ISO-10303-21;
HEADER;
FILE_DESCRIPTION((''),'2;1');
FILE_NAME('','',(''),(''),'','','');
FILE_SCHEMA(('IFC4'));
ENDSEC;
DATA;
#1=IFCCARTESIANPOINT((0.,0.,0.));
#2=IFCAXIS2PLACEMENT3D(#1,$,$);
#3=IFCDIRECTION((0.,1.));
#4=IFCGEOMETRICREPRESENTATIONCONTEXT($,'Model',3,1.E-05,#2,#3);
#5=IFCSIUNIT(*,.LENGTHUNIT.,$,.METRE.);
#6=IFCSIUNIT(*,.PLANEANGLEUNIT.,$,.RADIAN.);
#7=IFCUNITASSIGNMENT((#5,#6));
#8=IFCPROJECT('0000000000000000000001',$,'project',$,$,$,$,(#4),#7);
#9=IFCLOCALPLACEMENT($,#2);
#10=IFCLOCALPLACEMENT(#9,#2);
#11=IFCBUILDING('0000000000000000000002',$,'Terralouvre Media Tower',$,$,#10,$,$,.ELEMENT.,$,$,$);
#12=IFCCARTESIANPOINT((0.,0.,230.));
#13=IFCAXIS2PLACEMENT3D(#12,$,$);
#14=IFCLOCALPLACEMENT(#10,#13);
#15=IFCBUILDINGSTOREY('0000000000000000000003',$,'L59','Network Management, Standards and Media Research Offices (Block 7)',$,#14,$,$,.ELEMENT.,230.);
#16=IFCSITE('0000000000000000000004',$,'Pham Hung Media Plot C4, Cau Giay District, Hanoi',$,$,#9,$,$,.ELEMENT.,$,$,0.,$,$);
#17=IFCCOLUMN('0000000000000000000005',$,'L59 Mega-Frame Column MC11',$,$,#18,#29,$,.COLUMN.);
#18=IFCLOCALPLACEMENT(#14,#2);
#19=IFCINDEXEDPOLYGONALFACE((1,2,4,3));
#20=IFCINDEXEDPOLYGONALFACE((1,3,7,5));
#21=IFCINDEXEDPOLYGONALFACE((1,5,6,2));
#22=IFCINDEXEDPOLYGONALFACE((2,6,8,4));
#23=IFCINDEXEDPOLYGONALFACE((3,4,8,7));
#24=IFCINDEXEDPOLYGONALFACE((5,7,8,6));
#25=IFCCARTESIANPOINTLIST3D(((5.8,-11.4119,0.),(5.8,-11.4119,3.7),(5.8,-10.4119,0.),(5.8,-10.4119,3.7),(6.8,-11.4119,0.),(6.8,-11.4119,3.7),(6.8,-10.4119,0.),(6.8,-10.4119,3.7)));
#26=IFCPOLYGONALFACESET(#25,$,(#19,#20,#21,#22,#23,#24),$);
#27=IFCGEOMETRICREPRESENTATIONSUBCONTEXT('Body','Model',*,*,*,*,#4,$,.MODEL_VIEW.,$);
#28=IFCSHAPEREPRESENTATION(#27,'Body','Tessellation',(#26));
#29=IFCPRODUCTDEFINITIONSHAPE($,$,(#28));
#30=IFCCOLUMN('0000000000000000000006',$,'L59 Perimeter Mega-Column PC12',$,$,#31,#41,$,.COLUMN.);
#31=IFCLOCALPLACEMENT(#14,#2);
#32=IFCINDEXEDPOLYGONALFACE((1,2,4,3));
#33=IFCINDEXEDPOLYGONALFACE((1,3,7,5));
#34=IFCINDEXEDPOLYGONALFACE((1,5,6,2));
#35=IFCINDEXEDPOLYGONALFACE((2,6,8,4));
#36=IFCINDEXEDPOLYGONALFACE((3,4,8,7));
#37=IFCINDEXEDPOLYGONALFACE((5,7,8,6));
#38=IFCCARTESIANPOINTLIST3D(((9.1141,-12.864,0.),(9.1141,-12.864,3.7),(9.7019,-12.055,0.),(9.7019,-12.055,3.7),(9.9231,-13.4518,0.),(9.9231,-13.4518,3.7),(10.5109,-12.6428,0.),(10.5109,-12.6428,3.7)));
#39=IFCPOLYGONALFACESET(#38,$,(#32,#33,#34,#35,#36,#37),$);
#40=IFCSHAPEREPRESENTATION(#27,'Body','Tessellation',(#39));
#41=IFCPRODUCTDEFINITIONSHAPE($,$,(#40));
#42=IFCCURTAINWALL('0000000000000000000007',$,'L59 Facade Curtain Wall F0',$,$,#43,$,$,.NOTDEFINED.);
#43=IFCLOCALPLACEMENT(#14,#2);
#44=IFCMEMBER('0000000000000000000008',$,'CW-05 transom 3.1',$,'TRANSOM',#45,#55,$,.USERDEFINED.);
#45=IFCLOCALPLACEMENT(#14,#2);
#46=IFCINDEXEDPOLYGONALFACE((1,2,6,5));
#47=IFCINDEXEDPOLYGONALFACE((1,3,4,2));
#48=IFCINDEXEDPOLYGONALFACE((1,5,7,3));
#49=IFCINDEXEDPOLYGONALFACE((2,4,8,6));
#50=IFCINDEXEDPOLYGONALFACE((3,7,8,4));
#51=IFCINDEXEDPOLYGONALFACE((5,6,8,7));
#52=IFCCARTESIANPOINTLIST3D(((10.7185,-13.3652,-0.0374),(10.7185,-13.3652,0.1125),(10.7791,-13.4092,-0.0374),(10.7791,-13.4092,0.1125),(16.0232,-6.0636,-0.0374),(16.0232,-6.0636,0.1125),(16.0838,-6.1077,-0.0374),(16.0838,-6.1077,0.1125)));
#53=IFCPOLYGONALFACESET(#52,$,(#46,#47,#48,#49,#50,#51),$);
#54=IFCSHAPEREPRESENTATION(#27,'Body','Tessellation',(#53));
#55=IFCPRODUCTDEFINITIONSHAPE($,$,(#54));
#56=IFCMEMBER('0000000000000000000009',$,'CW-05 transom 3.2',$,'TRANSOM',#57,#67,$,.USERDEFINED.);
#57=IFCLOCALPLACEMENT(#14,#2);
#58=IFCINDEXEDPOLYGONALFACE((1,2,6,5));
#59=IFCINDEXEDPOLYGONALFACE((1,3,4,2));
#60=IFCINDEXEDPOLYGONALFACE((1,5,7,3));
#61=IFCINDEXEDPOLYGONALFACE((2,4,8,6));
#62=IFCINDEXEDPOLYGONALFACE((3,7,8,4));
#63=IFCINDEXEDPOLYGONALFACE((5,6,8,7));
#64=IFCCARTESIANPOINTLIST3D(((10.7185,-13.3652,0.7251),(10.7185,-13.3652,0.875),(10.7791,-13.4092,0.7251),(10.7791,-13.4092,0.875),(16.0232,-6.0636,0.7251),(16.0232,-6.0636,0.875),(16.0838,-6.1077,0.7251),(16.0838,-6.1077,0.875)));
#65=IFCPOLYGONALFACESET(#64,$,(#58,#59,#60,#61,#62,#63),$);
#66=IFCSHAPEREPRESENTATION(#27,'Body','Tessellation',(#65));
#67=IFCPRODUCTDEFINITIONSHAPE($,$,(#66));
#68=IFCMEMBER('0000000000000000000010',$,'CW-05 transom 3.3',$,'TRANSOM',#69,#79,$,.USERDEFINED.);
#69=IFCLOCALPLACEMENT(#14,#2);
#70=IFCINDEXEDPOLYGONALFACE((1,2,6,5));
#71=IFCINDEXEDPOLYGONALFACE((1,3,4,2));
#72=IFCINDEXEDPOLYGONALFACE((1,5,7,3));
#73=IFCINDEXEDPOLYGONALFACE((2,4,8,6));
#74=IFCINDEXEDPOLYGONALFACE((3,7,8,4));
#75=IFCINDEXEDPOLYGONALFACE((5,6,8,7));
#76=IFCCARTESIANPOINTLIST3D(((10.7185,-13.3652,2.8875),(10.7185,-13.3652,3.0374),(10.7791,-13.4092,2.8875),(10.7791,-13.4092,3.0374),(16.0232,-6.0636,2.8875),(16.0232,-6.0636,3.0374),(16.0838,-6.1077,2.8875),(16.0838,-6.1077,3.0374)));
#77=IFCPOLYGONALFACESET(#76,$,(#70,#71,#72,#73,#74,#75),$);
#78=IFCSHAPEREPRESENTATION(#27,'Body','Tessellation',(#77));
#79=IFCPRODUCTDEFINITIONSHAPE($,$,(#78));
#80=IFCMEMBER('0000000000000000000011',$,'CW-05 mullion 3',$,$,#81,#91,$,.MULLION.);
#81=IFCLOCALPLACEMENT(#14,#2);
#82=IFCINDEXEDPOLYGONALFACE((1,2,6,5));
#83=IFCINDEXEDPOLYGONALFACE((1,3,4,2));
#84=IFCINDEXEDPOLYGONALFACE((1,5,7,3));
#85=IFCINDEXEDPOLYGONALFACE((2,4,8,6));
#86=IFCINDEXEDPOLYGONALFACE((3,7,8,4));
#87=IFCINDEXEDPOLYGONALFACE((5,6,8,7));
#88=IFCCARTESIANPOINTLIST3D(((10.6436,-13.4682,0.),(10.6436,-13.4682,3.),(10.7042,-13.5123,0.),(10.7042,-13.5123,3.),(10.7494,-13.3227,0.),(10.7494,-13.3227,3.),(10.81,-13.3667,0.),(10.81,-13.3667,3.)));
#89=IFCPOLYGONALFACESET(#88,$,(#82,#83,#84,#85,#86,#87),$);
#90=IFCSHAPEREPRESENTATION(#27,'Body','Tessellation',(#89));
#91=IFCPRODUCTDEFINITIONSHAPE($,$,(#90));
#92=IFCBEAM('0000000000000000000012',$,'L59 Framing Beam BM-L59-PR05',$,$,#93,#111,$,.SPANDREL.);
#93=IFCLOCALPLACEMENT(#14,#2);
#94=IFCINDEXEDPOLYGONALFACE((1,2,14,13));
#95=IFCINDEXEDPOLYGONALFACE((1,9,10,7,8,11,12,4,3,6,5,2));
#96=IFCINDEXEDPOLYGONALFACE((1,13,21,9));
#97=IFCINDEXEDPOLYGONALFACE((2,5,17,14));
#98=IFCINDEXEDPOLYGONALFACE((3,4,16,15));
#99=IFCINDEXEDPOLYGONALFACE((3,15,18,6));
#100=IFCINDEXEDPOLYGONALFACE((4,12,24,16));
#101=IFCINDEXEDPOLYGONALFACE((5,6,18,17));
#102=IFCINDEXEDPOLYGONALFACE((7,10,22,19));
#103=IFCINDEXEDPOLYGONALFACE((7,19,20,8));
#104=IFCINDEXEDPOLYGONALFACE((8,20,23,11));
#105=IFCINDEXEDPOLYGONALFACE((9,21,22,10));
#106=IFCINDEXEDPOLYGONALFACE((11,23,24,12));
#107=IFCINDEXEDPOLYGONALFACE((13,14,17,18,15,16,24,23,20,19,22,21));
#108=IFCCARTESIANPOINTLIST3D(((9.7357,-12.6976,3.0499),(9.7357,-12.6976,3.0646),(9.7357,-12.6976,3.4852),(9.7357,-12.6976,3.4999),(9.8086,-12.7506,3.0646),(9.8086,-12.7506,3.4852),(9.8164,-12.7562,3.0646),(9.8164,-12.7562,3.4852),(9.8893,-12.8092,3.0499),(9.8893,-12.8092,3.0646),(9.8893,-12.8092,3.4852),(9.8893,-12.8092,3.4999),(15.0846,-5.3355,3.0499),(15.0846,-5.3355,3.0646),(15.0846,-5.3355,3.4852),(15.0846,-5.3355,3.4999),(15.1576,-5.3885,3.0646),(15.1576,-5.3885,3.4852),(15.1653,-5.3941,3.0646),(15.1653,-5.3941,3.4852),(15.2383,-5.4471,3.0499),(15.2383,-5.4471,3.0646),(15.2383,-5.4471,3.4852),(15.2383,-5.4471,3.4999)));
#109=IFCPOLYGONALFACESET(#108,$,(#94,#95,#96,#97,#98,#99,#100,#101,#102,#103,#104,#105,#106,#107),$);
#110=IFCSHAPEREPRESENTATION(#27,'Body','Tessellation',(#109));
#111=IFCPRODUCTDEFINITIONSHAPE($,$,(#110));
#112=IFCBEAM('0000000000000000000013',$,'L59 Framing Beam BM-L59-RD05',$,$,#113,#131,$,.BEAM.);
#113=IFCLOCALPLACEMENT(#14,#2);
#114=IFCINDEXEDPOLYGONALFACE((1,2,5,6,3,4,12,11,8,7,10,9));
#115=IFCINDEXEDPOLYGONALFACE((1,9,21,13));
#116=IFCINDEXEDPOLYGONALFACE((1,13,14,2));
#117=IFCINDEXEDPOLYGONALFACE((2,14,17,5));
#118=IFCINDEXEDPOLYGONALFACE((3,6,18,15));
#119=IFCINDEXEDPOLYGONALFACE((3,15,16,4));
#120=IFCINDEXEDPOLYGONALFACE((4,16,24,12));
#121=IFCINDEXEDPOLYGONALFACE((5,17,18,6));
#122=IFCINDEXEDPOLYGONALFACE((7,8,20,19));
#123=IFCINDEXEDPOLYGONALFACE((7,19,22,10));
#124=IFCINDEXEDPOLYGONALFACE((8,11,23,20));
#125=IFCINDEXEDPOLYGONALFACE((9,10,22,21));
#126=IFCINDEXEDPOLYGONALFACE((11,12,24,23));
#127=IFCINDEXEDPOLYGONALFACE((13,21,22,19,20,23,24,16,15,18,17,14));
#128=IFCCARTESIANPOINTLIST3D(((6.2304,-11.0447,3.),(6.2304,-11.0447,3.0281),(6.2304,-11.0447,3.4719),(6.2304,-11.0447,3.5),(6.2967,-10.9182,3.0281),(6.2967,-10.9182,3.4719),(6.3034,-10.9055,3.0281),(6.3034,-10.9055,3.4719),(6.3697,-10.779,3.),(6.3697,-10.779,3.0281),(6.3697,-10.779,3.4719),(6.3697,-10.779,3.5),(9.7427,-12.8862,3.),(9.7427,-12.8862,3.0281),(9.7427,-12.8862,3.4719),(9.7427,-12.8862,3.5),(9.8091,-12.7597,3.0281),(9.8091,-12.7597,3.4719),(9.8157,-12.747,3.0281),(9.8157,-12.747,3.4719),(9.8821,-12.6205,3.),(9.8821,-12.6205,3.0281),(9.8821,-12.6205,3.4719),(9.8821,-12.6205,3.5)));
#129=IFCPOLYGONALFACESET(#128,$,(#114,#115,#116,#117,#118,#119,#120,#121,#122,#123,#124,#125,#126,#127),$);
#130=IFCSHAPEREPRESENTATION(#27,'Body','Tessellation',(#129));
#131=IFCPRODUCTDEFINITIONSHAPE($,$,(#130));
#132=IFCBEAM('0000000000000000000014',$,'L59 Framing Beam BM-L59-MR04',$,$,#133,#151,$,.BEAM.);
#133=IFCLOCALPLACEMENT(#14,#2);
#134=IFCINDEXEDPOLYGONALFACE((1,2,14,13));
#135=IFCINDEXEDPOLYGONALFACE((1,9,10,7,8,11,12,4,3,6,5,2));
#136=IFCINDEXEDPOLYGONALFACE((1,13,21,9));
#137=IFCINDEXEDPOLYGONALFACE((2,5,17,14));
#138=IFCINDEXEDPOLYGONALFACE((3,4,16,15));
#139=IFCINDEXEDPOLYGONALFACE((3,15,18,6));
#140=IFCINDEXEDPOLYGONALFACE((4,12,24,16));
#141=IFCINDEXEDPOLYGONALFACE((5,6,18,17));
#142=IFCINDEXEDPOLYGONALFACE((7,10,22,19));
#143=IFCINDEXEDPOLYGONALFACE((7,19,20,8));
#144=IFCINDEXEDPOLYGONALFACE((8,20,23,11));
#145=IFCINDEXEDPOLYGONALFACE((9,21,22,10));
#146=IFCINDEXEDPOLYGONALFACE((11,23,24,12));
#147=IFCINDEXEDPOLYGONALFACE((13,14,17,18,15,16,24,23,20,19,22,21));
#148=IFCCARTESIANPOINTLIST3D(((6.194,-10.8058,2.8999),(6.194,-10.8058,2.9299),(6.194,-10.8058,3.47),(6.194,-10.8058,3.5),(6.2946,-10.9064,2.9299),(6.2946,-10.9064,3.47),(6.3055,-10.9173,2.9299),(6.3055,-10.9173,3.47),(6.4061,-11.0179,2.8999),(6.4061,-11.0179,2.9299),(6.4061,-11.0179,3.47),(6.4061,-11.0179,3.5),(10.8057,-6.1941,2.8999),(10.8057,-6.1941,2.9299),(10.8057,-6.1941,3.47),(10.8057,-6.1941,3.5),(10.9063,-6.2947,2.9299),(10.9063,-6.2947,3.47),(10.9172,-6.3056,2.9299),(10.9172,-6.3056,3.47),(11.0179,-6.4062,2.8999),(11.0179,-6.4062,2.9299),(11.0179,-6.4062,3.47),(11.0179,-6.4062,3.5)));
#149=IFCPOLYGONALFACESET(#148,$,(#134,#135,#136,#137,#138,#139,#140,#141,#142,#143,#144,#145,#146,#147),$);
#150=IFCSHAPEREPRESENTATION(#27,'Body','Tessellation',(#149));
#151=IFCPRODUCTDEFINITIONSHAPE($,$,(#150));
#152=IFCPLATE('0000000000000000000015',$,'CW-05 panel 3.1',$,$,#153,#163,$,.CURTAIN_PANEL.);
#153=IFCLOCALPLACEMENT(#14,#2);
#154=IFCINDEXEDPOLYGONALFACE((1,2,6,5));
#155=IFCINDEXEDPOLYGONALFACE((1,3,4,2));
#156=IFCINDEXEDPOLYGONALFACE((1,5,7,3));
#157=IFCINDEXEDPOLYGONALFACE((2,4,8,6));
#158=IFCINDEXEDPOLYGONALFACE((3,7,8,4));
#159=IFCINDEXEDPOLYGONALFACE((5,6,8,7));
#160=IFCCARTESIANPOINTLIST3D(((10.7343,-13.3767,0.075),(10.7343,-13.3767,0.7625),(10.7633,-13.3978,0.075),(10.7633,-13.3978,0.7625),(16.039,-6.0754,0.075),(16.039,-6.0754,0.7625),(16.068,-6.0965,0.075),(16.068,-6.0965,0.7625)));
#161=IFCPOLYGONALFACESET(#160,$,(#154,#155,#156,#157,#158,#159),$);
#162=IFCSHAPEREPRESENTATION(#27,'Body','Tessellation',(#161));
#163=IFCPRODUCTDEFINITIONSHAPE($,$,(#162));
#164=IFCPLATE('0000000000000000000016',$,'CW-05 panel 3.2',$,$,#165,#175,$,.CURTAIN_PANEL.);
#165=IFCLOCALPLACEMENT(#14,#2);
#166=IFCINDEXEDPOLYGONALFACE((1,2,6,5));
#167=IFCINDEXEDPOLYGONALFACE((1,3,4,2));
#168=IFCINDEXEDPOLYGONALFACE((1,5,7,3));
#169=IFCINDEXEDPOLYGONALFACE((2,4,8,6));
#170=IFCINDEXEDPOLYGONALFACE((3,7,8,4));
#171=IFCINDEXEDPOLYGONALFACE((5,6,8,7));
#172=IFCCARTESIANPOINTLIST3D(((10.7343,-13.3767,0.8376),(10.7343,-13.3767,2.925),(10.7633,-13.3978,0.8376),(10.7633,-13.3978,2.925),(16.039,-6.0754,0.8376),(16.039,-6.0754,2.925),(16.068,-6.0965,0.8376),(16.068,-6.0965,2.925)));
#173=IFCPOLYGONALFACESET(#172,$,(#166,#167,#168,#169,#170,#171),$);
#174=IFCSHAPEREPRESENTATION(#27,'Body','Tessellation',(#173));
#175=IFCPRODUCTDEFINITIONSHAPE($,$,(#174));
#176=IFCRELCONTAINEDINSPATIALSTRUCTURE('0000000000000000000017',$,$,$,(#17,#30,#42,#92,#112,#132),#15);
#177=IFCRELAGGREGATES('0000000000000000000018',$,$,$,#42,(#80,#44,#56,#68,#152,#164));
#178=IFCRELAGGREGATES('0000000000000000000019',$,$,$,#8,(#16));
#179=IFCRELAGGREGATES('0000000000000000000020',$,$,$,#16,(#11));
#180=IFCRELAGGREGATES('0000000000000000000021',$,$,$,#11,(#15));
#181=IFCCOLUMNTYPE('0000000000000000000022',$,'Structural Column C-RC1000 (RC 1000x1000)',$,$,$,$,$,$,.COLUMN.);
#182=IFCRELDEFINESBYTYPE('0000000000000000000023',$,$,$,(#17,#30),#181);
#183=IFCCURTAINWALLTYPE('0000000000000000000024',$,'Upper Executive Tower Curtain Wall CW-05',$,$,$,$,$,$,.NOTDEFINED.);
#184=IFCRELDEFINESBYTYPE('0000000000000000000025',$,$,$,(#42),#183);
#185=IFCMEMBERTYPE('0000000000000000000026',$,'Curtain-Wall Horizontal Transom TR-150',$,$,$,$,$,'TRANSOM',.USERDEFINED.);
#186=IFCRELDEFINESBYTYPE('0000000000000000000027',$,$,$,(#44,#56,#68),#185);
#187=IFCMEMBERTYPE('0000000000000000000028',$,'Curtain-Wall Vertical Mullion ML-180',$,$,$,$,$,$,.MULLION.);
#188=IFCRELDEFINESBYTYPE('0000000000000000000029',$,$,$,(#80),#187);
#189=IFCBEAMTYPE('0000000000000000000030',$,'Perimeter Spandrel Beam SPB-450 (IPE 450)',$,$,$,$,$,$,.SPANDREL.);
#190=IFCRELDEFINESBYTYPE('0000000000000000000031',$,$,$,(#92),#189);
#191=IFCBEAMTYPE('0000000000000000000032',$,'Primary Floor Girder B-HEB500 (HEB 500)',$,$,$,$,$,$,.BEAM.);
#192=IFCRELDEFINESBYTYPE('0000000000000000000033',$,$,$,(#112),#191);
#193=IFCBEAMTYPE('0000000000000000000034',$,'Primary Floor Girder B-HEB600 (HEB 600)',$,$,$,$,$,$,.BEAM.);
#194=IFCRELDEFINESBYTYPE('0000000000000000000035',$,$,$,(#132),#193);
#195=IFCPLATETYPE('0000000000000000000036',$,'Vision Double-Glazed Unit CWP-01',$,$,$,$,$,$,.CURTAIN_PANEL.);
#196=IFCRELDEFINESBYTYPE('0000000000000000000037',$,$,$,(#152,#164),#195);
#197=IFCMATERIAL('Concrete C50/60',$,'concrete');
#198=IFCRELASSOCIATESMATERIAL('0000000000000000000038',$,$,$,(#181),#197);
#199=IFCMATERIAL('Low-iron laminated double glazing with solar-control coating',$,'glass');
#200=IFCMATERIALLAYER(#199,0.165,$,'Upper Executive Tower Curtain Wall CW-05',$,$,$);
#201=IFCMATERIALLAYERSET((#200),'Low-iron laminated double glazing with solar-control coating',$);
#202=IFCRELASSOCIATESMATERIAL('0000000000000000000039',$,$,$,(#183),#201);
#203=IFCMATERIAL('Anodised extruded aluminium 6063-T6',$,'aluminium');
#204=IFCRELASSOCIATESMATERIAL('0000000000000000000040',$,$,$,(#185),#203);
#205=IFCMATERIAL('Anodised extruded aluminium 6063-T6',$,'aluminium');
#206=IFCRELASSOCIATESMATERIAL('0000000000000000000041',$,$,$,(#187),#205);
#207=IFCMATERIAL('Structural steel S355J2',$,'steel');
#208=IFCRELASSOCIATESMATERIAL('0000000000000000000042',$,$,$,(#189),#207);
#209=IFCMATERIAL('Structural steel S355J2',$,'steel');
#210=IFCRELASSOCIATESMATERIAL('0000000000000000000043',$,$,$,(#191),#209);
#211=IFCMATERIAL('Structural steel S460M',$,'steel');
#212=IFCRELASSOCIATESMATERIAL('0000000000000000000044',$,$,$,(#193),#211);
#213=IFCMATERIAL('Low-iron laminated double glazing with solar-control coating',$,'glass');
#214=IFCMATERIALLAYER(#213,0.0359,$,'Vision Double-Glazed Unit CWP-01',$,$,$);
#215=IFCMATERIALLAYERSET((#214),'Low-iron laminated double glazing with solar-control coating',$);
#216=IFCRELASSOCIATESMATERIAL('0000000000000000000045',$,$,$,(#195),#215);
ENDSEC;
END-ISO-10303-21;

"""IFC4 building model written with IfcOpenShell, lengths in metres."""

from ifc_helpers import new_model, si_unit, direction, frame, origin, origin_2d, place, context, subcontext, project, spatial, rectangle, i_section, extrude, material, layer, layer_set, material_profile, profile_set, type_object, element, aggregate, save


model = new_model("IFC4")

# Units and contexts
model_context = context("Model", 3, precision=1e-05, world=origin(), true_north=direction((0.0, 1.0)))
body_context = subcontext(model_context, "Body", "Model", "MODEL_VIEW")
ifc_project = project(units=[si_unit("LENGTHUNIT", "METRE"), si_unit("PLANEANGLEUNIT", "RADIAN")], contexts=[model_context])

# Site, building, storey
site_placement = place(None, origin())
site = spatial("IfcSite", under=ifc_project, at=site_placement, Name="Pham Hung Media Plot C4, Cau Giay District, Hanoi", CompositionType="ELEMENT", RefElevation=0.0)
building_placement = place(site_placement, origin())
building = spatial("IfcBuilding", under=site, at=building_placement, Name="Terralouvre Media Tower", CompositionType="ELEMENT")
storey_placement = place(building_placement, frame((0.0, 0.0, 230.0)))
storey = spatial("IfcBuildingStorey", under=building, at=storey_placement, Name="L59", Description="Network Management, Standards and Media Research Offices (Block 7)", CompositionType="ELEMENT", Elevation=230.0)

# Columns
ifc_material_1 = material(Name="Concrete C50/60", Category="concrete")
ifc_material_profile_1 = material_profile(ifc_material_1, rectangle(XDim=1.0, YDim=1.0, at=origin_2d()), Name="RC 1000x1000")
ifc_profile_set_1 = profile_set([ifc_material_profile_1], Name="Concrete C50/60")
column_type = type_object("IfcColumnType", Name="Structural Column C-RC1000 (RC 1000x1000)", PredefinedType="COLUMN", material=ifc_profile_set_1)
for number, where, z_axis, x_axis, name in (
    (1, (6.3, -10.9119, 0.0), (0.0, 0.0, 1.0), (1.0, 0.0, 0.0), "L59 Mega-Frame Column MC11"),
    (2, (9.8125, -12.7534, 0.0), (0.0, 0.0, 1.0), (0.587785, 0.809017, 0.0), "L59 Perimeter Mega-Column PC12"),
):
    element("IfcColumn", number, at=place(storey_placement, frame(where, z_axis=z_axis, x_axis=x_axis)), inside=storey, type_object=column_type, Name=name, PredefinedType="COLUMN", context=body_context, shape_type="SweptSolid", body=[
        extrude(rectangle(XDim=1.0, YDim=1.0, at=origin_2d()), origin(), (0.0, 0.0, 1.0), 3.7),
    ])

# Curtain wall, members
ifc_material_2 = material(Name="Low-iron laminated double glazing with solar-control coating", Category="glass")
ifc_layer_1 = layer(ifc_material_2, 0.165, Name="Upper Executive Tower Curtain Wall CW-05")
ifc_layer_set_1 = layer_set([ifc_layer_1], Name="Low-iron laminated double glazing with solar-control coating")
curtain_wall_type = type_object("IfcCurtainWallType", Name="Upper Executive Tower Curtain Wall CW-05", PredefinedType="NOTDEFINED", material=ifc_layer_set_1)
curtain_wall_placement = place(storey_placement, origin())
curtain_wall = element("IfcCurtainWall", 3, at=curtain_wall_placement, inside=storey, type_object=curtain_wall_type, Name="L59 Facade Curtain Wall F0", PredefinedType="NOTDEFINED")
ifc_material_3 = material(Name="Anodised extruded aluminium 6063-T6", Category="aluminium")
ifc_material_profile_2 = material_profile(ifc_material_3, rectangle(XDim=0.075, YDim=0.1499, at=origin_2d()), Name="ALU 75x150")
ifc_profile_set_2 = profile_set([ifc_material_profile_2], Name="Anodised extruded aluminium 6063-T6")
member_type_1 = type_object("IfcMemberType", Name="Curtain-Wall Horizontal Transom TR-150", ElementType="TRANSOM", PredefinedType="USERDEFINED", material=ifc_profile_set_2)
member_1_placement = place(storey_placement, frame((10.7488, -13.3872, 0.0376), z_axis=(0.587773, 0.809026, 0.0), x_axis=(-0.809026, 0.587773, 0.0)))
member_1 = element("IfcMember", 4, at=member_1_placement, type_object=member_type_1, Name="CW-05 transom 3.1", ObjectType="TRANSOM", PredefinedType="USERDEFINED", context=body_context, shape_type="SweptSolid", body=[
    extrude(rectangle(XDim=0.075, YDim=0.1499, at=origin_2d()), origin(), (0.0, 0.0, 1.0), 9.0251),
])
member_2_placement = place(storey_placement, frame((10.7488, -13.3872, 0.8), z_axis=(0.587773, 0.809026, 0.0), x_axis=(-0.809026, 0.587773, 0.0)))
member_2 = element("IfcMember", 5, at=member_2_placement, type_object=member_type_1, Name="CW-05 transom 3.2", ObjectType="TRANSOM", PredefinedType="USERDEFINED", context=body_context, shape_type="SweptSolid", body=[
    extrude(rectangle(XDim=0.075, YDim=0.1499, at=origin_2d()), origin(), (0.0, 0.0, 1.0), 9.0251),
])
member_3_placement = place(storey_placement, frame((10.7488, -13.3872, 2.9624), z_axis=(0.587773, 0.809026, 0.0), x_axis=(-0.809026, 0.587773, 0.0)))
member_3 = element("IfcMember", 6, at=member_3_placement, type_object=member_type_1, Name="CW-05 transom 3.3", ObjectType="TRANSOM", PredefinedType="USERDEFINED", context=body_context, shape_type="SweptSolid", body=[
    extrude(rectangle(XDim=0.075, YDim=0.1499, at=origin_2d()), origin(), (0.0, 0.0, 1.0), 9.0251),
])
ifc_material_4 = material(Name="Anodised extruded aluminium 6063-T6", Category="aluminium")
ifc_material_profile_3 = material_profile(ifc_material_4, rectangle(XDim=0.075, YDim=0.1799, at=origin_2d()), Name="ALU 75x180")
ifc_profile_set_3 = profile_set([ifc_material_profile_3], Name="Anodised extruded aluminium 6063-T6")
member_type_2 = type_object("IfcMemberType", Name="Curtain-Wall Vertical Mullion ML-180", PredefinedType="MULLION", material=ifc_profile_set_3)
member_4_placement = place(storey_placement, frame((10.7268, -13.4175, 0.0), z_axis=(0.0, 0.0, 1.0), x_axis=(-0.809017, 0.587785, 0.0)))
member_4 = element("IfcMember", 7, at=member_4_placement, type_object=member_type_2, Name="CW-05 mullion 3", PredefinedType="MULLION", context=body_context, shape_type="SweptSolid", body=[
    extrude(rectangle(XDim=0.075, YDim=0.1799, at=origin_2d()), origin(), (0.0, 0.0, 1.0), 3.0),
])

# Beams
ifc_material_5 = material(Name="Structural steel S355J2", Category="steel")
ifc_material_profile_4 = material_profile(ifc_material_5, i_section(OverallWidth=0.1899, OverallDepth=0.45, WebThickness=0.0095, FlangeThickness=0.0146, at=origin_2d()), Name="IPE 450")
ifc_profile_set_4 = profile_set([ifc_material_profile_4], Name="Structural steel S355J2")
beam_type_1 = type_object("IfcBeamType", Name="Perimeter Spandrel Beam SPB-450 (IPE 450)", PredefinedType="SPANDREL", material=ifc_profile_set_4)
beam_1_placement = place(storey_placement, frame((9.8125, -12.7534, 3.2749), z_axis=(0.587787, 0.809016, 0.0), x_axis=(-0.809016, 0.587787, 0.0)))
element("IfcBeam", 8, at=beam_1_placement, inside=storey, type_object=beam_type_1, Name="L59 Framing Beam BM-L59-PR05", PredefinedType="SPANDREL", context=body_context, shape_type="SweptSolid", body=[
    extrude(i_section(OverallWidth=0.1899, OverallDepth=0.45, WebThickness=0.0095, FlangeThickness=0.0146, at=origin_2d()), origin(), (0.0, 0.0, 1.0), 9.1001),
])
ifc_material_6 = material(Name="Structural steel S355J2", Category="steel")
ifc_material_profile_5 = material_profile(ifc_material_6, i_section(OverallWidth=0.3, OverallDepth=0.5, WebThickness=0.0144, FlangeThickness=0.0281, at=origin_2d()), Name="HEB 500")
ifc_profile_set_5 = profile_set([ifc_material_profile_5], Name="Structural steel S355J2")
beam_type_2 = type_object("IfcBeamType", Name="Primary Floor Girder B-HEB500 (HEB 500)", PredefinedType="BEAM", material=ifc_profile_set_5)
beam_2_placement = place(storey_placement, frame((6.3, -10.9119, 3.25), z_axis=(0.885656, -0.464343, 0.0), x_axis=(0.464343, 0.885656, 0.0)))
element("IfcBeam", 9, at=beam_2_placement, inside=storey, type_object=beam_type_2, Name="L59 Framing Beam BM-L59-RD05", PredefinedType="BEAM", context=body_context, shape_type="SweptSolid", body=[
    extrude(i_section(OverallWidth=0.3, OverallDepth=0.5, WebThickness=0.0144, FlangeThickness=0.0281, at=origin_2d()), origin(), (0.0, 0.0, 1.0), 3.9658),
])
ifc_material_7 = material(Name="Structural steel S460M", Category="steel")
ifc_material_profile_6 = material_profile(ifc_material_7, i_section(OverallWidth=0.3, OverallDepth=0.6001, WebThickness=0.0154, FlangeThickness=0.03, at=origin_2d()), Name="HEB 600")
ifc_profile_set_6 = profile_set([ifc_material_profile_6], Name="Structural steel S460M")
beam_type_3 = type_object("IfcBeamType", Name="Primary Floor Girder B-HEB600 (HEB 600)", PredefinedType="BEAM", material=ifc_profile_set_6)
beam_3_placement = place(storey_placement, frame((6.3, -10.9119, 3.2), z_axis=(0.707107, 0.707107, 0.0), x_axis=(-0.707107, 0.707107, 0.0)))
element("IfcBeam", 10, at=beam_3_placement, inside=storey, type_object=beam_type_3, Name="L59 Framing Beam BM-L59-MR04", PredefinedType="BEAM", context=body_context, shape_type="SweptSolid", body=[
    extrude(i_section(OverallWidth=0.3, OverallDepth=0.6001, WebThickness=0.0154, FlangeThickness=0.03, at=origin_2d()), origin(), (0.0, 0.0, 1.0), 6.522),
])

# Plates
ifc_material_8 = material(Name="Low-iron laminated double glazing with solar-control coating", Category="glass")
ifc_layer_2 = layer(ifc_material_8, 0.0359, Name="Vision Double-Glazed Unit CWP-01")
ifc_layer_set_2 = layer_set([ifc_layer_2], Name="Low-iron laminated double glazing with solar-control coating")
plate_type = type_object("IfcPlateType", Name="Vision Double-Glazed Unit CWP-01", PredefinedType="CURTAIN_PANEL", material=ifc_layer_set_2)
plate_1_placement = place(storey_placement, frame((13.4011, -9.7366, 0.075), z_axis=(0.0, 0.0, 1.0), x_axis=(0.587785, 0.809017, 0.0)))
plate_1 = element("IfcPlate", 11, at=plate_1_placement, type_object=plate_type, Name="CW-05 panel 3.1", PredefinedType="CURTAIN_PANEL", context=body_context, shape_type="SweptSolid", body=[
    extrude(rectangle(XDim=9.0249, YDim=0.0359, at=origin_2d()), origin(), (0.0, 0.0, 1.0), 0.6875),
])
plate_2_placement = place(storey_placement, frame((13.4011, -9.7366, 0.8376), z_axis=(0.0, 0.0, 1.0), x_axis=(0.587785, 0.809017, 0.0)))
plate_2 = element("IfcPlate", 12, at=plate_2_placement, type_object=plate_type, Name="CW-05 panel 3.2", PredefinedType="CURTAIN_PANEL", context=body_context, shape_type="SweptSolid", body=[
    extrude(rectangle(XDim=9.0249, YDim=0.0359, at=origin_2d()), origin(), (0.0, 0.0, 1.0), 2.0874),
])
aggregate(curtain_wall, [member_4, member_1, member_2, member_3, plate_1, plate_2])

save(model, "model.ifc")
